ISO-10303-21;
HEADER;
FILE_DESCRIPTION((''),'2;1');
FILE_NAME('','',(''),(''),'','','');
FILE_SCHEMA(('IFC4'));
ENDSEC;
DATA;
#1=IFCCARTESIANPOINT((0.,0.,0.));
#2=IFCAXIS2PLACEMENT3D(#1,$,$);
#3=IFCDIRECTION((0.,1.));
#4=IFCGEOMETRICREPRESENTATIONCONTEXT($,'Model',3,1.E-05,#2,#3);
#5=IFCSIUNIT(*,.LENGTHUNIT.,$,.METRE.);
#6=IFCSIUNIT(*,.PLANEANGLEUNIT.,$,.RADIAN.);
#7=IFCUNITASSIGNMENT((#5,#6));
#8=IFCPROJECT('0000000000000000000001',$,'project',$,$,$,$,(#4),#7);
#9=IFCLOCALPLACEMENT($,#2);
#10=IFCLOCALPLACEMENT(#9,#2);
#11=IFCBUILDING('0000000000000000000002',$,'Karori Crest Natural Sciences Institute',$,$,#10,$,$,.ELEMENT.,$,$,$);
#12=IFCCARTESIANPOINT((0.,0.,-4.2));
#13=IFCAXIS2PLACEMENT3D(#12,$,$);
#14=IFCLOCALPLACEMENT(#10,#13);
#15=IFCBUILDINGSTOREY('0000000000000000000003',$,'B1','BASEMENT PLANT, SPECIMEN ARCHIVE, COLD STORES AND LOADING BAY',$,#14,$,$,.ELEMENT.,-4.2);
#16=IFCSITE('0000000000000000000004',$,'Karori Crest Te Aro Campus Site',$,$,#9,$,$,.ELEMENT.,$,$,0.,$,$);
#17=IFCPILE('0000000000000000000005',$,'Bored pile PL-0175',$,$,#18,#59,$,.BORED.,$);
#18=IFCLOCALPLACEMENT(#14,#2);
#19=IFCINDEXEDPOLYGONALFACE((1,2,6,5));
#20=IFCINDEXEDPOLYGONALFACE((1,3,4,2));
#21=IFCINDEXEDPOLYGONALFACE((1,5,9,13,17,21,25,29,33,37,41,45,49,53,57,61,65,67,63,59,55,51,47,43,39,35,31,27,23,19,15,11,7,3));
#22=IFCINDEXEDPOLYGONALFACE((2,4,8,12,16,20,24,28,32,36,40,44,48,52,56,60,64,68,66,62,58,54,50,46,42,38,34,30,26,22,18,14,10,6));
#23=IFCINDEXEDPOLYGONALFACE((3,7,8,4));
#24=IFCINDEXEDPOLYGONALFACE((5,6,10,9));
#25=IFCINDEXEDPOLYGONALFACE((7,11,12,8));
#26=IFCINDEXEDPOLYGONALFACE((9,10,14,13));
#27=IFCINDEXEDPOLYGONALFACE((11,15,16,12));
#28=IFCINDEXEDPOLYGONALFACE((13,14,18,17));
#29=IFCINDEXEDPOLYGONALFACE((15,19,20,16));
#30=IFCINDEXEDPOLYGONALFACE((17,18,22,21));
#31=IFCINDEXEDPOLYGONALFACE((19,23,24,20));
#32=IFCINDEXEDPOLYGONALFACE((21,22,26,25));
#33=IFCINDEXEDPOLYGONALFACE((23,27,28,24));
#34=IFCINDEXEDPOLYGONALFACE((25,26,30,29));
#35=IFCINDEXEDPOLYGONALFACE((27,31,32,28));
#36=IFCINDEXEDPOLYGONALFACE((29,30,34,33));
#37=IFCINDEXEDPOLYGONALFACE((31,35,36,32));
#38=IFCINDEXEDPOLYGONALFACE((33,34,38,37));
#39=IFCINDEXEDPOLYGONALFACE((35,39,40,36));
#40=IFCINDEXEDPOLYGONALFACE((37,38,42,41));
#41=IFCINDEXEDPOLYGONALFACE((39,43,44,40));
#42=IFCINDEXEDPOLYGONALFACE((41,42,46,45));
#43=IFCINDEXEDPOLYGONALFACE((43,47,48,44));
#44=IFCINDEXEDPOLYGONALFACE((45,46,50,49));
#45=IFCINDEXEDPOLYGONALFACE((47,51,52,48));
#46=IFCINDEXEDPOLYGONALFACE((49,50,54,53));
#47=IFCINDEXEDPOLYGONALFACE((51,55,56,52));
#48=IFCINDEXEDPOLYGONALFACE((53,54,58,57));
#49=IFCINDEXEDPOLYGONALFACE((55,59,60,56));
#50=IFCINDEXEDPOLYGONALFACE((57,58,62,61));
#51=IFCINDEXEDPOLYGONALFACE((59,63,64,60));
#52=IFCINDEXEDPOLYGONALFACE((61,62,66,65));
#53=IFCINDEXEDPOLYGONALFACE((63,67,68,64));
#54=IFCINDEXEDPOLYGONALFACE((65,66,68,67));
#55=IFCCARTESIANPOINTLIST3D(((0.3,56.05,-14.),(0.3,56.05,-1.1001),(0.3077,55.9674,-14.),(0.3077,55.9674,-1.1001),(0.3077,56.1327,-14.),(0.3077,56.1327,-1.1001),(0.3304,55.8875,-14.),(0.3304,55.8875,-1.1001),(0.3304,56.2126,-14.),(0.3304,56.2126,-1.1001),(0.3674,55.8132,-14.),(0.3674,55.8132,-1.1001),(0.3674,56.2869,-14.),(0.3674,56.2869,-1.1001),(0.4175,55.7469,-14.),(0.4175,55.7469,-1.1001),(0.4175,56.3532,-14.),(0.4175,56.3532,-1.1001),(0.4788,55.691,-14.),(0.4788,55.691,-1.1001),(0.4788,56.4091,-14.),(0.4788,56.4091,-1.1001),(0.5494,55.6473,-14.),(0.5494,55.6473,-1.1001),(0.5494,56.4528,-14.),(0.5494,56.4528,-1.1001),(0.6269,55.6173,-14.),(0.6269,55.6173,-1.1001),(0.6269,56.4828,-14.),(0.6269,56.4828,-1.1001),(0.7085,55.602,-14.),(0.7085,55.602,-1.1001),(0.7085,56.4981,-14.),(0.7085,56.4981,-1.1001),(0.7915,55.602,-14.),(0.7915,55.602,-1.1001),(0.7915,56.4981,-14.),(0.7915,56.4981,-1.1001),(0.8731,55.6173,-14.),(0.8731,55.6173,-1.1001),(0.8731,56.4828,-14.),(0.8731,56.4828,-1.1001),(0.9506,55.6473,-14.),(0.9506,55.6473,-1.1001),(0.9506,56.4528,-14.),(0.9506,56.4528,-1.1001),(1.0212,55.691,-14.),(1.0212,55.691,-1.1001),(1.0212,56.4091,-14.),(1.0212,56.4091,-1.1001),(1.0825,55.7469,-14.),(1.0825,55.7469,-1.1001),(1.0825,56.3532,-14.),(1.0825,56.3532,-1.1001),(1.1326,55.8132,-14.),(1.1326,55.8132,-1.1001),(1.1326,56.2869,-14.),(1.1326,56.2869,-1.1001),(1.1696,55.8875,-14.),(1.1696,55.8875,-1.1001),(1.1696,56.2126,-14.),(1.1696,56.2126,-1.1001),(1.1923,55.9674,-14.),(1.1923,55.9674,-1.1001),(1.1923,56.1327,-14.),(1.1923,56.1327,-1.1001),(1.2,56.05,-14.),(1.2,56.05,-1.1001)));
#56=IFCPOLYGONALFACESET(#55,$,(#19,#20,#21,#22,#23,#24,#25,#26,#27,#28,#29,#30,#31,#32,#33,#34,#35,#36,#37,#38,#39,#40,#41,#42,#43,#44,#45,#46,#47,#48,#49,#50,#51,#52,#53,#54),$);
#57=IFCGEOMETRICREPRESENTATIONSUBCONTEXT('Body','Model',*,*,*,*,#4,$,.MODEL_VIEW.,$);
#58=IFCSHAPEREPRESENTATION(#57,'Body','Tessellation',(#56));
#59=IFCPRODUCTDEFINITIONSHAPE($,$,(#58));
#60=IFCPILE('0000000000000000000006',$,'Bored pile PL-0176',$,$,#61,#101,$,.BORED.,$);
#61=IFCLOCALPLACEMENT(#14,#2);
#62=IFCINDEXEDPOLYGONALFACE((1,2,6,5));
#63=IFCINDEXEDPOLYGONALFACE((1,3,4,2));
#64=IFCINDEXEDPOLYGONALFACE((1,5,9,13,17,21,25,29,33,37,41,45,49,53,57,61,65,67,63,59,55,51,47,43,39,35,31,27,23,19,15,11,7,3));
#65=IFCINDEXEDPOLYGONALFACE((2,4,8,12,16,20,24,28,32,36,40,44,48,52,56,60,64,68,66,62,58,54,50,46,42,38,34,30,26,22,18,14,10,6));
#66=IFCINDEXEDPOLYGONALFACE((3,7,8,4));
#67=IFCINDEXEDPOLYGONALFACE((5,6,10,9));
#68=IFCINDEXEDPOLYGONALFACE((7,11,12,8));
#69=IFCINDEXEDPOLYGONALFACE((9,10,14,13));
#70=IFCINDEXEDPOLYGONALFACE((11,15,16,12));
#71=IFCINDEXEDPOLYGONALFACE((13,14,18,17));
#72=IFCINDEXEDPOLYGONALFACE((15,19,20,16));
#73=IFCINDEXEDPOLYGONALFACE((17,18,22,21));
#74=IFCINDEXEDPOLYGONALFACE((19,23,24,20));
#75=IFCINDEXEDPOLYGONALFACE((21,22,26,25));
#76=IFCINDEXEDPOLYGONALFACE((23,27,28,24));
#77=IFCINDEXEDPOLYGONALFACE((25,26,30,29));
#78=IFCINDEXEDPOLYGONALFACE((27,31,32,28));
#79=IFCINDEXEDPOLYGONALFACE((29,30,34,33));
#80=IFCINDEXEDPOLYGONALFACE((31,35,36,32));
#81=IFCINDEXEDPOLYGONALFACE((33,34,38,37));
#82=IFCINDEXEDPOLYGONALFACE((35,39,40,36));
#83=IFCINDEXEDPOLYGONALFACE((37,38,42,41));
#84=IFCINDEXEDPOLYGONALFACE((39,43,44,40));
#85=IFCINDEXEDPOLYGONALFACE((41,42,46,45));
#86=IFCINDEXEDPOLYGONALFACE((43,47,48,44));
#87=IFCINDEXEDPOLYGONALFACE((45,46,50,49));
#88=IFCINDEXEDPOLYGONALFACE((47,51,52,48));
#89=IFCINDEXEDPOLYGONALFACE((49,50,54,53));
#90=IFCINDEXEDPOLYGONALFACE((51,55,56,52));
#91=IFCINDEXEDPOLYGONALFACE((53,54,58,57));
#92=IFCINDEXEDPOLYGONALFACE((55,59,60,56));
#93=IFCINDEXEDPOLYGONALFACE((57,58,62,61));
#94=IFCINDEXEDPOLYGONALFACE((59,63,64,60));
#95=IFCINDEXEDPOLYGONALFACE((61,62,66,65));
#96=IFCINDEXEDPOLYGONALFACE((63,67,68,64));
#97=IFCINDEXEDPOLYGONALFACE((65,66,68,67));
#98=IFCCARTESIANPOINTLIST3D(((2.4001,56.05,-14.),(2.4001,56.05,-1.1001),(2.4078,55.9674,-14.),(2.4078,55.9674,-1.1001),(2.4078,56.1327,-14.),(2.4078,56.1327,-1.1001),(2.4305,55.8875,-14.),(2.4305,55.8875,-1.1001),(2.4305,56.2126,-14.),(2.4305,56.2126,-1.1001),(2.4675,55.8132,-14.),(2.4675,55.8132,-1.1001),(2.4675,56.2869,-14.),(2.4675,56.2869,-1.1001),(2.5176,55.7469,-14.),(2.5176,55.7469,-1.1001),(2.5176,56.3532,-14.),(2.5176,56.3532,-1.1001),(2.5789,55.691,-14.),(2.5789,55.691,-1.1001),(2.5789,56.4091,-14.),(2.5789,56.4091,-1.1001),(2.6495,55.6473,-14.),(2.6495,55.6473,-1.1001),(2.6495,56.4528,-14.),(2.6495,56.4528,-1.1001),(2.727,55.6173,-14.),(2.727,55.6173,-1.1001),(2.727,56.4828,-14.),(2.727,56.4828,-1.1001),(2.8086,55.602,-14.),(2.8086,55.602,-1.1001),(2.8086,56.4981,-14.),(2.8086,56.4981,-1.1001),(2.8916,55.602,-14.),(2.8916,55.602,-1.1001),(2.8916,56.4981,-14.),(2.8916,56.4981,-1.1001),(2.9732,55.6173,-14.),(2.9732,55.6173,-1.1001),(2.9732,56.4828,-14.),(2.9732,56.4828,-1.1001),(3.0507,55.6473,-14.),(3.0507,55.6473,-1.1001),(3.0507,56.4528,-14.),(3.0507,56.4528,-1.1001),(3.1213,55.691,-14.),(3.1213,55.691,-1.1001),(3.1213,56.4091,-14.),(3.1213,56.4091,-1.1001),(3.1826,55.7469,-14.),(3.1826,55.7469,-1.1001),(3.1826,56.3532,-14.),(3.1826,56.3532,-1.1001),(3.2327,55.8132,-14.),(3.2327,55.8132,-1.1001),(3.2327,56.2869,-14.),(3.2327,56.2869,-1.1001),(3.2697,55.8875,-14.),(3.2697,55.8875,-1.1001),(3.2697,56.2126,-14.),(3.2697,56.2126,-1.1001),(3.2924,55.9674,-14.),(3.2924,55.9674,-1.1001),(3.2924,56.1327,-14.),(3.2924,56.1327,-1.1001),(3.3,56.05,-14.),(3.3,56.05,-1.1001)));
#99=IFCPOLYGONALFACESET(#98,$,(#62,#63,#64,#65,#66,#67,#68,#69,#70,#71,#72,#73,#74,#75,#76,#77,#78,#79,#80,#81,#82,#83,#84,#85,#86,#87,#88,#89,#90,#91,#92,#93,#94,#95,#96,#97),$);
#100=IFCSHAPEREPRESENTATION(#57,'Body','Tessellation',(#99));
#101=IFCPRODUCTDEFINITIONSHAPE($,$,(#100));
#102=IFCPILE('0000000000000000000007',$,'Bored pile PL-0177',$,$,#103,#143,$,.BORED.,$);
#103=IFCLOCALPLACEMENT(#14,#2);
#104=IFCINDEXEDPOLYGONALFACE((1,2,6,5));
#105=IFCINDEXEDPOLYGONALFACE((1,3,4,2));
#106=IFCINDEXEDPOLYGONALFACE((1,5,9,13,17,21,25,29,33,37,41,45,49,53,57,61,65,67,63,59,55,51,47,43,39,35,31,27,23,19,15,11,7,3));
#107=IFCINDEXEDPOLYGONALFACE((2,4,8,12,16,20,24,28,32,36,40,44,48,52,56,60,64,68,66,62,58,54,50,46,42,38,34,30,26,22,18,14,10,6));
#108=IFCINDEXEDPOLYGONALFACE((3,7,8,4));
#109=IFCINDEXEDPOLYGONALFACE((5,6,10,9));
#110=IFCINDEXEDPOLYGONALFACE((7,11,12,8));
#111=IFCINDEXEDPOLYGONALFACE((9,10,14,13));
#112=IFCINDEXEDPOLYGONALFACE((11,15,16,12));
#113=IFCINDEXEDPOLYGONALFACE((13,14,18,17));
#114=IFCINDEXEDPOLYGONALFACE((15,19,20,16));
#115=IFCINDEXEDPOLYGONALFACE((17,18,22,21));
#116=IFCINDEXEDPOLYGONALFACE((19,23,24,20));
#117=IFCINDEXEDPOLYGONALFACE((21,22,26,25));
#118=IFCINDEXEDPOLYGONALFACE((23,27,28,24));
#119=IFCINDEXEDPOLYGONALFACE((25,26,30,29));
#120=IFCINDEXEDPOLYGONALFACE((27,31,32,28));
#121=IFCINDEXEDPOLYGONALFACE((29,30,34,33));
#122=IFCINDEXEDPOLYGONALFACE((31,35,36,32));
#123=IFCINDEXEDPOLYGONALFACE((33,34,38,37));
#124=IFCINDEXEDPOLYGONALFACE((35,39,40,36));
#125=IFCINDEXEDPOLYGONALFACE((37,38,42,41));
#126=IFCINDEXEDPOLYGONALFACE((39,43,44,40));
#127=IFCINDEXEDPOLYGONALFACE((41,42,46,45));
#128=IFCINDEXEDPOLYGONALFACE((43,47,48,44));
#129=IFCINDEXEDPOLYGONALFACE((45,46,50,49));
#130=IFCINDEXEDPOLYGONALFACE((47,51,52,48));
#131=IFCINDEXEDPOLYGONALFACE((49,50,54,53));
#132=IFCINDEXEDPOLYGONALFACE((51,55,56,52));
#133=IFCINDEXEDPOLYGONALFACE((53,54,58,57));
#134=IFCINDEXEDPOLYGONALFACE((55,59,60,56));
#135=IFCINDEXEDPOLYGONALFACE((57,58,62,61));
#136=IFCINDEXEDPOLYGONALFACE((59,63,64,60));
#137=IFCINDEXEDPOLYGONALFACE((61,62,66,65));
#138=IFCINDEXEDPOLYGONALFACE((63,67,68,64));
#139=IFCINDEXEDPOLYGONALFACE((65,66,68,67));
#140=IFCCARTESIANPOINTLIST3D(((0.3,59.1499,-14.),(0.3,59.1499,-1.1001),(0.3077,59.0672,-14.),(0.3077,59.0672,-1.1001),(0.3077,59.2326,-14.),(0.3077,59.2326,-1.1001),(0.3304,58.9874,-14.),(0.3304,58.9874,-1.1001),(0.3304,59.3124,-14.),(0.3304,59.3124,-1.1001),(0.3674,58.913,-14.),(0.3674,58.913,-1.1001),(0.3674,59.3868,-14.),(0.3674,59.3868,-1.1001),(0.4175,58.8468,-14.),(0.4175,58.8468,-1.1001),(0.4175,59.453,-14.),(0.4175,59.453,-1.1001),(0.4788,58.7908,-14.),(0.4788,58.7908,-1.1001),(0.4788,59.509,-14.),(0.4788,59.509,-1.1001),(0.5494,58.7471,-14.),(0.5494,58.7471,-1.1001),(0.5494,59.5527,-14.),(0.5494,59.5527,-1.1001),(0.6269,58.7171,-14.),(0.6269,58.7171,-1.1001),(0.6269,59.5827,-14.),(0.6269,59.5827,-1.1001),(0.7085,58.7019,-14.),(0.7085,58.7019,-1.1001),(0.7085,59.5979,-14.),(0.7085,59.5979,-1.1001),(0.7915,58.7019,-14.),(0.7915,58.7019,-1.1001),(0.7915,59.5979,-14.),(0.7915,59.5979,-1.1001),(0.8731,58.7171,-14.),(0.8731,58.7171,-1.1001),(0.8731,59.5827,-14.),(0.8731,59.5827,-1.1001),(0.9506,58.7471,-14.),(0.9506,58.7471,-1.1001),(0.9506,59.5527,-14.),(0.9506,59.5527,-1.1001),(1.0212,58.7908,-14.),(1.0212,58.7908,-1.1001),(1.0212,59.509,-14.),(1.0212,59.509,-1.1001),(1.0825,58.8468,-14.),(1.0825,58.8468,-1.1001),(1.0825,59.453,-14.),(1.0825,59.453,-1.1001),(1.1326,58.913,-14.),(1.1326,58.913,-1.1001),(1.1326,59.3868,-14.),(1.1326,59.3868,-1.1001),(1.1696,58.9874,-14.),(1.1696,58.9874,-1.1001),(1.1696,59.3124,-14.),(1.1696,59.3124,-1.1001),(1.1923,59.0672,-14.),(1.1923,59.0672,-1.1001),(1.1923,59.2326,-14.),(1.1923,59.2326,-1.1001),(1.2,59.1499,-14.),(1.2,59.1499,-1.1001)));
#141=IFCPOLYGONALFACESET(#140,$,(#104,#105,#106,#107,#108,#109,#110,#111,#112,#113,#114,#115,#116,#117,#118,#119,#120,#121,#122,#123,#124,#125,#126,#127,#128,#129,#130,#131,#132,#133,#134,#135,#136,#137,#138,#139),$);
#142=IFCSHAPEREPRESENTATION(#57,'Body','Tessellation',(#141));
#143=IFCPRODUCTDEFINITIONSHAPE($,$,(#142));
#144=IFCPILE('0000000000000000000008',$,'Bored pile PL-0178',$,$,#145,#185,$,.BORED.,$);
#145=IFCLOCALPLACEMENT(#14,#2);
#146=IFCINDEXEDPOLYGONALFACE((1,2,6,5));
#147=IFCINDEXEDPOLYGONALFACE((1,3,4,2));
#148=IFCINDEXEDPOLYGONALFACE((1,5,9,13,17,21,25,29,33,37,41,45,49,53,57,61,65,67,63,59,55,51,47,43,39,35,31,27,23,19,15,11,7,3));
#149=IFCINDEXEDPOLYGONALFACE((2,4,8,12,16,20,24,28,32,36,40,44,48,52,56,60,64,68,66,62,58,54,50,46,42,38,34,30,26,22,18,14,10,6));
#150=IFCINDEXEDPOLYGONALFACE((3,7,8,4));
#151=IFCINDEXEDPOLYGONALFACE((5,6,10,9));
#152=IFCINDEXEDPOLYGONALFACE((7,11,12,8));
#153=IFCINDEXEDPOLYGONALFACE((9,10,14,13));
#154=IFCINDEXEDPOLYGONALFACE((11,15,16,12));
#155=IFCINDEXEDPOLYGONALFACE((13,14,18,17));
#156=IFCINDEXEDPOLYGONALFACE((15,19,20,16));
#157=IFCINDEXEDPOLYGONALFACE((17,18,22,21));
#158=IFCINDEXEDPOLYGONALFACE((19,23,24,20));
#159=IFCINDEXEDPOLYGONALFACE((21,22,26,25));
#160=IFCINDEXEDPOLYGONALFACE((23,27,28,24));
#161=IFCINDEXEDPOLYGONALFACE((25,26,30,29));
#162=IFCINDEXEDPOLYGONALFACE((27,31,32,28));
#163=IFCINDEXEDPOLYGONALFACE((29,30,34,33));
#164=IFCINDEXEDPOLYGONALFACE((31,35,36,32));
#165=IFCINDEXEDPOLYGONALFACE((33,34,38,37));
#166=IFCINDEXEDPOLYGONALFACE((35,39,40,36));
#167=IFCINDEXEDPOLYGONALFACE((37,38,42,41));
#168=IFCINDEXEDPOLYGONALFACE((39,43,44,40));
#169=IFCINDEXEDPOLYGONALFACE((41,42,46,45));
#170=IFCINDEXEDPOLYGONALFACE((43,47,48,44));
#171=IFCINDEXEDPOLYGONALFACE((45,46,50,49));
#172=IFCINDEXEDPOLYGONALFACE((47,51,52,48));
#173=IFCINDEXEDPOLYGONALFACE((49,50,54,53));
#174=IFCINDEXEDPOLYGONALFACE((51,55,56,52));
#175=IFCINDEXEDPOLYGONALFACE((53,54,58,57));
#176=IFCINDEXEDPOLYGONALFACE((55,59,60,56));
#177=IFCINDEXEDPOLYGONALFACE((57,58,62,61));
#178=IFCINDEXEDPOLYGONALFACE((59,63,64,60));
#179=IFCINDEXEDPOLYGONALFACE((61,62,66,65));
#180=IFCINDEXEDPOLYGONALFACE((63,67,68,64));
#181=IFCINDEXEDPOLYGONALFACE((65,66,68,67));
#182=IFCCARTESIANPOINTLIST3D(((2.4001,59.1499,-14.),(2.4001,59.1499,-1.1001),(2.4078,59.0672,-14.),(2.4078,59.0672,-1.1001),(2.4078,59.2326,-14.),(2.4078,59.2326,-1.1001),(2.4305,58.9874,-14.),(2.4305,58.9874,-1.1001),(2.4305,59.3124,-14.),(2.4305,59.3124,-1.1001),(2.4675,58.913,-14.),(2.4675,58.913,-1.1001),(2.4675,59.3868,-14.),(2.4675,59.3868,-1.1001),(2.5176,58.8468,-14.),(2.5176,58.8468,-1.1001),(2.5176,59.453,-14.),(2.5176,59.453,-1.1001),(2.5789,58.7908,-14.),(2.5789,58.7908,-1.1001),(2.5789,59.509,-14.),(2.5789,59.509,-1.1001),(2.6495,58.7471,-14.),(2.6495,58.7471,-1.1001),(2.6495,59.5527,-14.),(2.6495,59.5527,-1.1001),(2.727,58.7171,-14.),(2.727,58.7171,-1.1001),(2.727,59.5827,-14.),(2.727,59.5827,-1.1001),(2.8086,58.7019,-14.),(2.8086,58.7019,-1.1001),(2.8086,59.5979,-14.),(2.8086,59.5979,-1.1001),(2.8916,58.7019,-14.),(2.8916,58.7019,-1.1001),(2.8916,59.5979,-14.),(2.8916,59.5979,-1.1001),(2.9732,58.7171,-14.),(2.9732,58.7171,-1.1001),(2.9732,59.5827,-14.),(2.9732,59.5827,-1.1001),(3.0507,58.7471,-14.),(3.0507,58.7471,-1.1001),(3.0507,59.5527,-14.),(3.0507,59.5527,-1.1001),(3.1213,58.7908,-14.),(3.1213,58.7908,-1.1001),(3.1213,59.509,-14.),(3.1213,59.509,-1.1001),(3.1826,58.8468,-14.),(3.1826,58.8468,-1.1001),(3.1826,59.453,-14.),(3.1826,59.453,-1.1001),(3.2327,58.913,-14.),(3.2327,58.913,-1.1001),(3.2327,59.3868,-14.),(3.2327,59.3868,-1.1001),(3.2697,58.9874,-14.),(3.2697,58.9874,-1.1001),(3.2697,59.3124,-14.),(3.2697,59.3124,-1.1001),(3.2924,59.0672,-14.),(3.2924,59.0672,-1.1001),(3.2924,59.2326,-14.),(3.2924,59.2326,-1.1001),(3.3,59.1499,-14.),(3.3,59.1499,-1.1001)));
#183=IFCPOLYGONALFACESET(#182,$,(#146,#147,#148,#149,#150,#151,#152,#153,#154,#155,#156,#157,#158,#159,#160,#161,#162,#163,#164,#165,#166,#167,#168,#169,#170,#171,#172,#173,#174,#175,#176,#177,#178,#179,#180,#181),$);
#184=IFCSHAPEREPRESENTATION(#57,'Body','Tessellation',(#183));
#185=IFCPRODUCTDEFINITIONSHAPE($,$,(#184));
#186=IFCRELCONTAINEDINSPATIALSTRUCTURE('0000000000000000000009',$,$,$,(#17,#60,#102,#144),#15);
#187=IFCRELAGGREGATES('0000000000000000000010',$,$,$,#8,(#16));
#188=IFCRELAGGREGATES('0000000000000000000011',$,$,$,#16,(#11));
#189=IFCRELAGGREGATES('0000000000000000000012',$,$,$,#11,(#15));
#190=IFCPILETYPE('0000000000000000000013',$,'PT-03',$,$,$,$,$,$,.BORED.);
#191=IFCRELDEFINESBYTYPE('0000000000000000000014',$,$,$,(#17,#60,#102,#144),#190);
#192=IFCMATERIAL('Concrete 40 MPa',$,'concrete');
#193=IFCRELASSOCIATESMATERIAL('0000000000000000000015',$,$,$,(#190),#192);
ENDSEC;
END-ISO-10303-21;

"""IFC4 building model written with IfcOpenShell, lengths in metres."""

from ifc_helpers import new_model, si_unit, direction, frame, origin, origin_2d, place, context, subcontext, project, spatial, circle, extrude, material, material_profile, profile_set, type_object, element, save


model = new_model("IFC4")

# Units and contexts
model_context = context("Model", 3, precision=1e-05, world=origin(), true_north=direction((0.0, 1.0)))
body_context = subcontext(model_context, "Body", "Model", "MODEL_VIEW")
ifc_project = project(units=[si_unit("LENGTHUNIT", "METRE"), si_unit("PLANEANGLEUNIT", "RADIAN")], contexts=[model_context])

# Site, building, storey
site_placement = place(None, origin())
site = spatial("IfcSite", under=ifc_project, at=site_placement, Name="Karori Crest Te Aro Campus Site", CompositionType="ELEMENT", RefElevation=0.0)
building_placement = place(site_placement, origin())
building = spatial("IfcBuilding", under=site, at=building_placement, Name="Karori Crest Natural Sciences Institute", CompositionType="ELEMENT")
storey_placement = place(building_placement, frame((0.0, 0.0, -4.2)))
storey = spatial("IfcBuildingStorey", under=building, at=storey_placement, Name="B1", Description="BASEMENT PLANT, SPECIMEN ARCHIVE, COLD STORES AND LOADING BAY", CompositionType="ELEMENT", Elevation=-4.2)

# Shared definitions
ifc_material_1 = material(Name="Concrete 40 MPa", Category="concrete")

# Piles
ifc_material_profile_1 = material_profile(ifc_material_1, circle(Radius=0.45, at=origin_2d()), Name="PILE900")
ifc_profile_set_1 = profile_set([ifc_material_profile_1], Name="Concrete 40 MPa")
pile_type = type_object("IfcPileType", Name="PT-03", PredefinedType="BORED", material=ifc_profile_set_1)
for number, where, z_axis, x_axis, name in (
    (1, (0.75, 56.05, -1.1001), (0.0, 0.0, -1.0), (1.0, 0.0, 0.0), "Bored pile PL-0175"),
    (2, (2.8501, 56.05, -1.1001), (0.0, 0.0, -1.0), (1.0, 0.0, 0.0), "Bored pile PL-0176"),
    (3, (0.75, 59.1499, -1.1001), (0.0, 0.0, -1.0), (1.0, 0.0, 0.0), "Bored pile PL-0177"),
    (4, (2.8501, 59.1499, -1.1001), (0.0, 0.0, -1.0), (1.0, 0.0, 0.0), "Bored pile PL-0178"),
):
    element("IfcPile", number, at=place(storey_placement, frame(where, z_axis=z_axis, x_axis=x_axis)), inside=storey, type_object=pile_type, Name=name, PredefinedType="BORED", context=body_context, shape_type="SweptSolid", body=[
        extrude(circle(Radius=0.45, at=origin_2d()), origin(), (0.0, 0.0, 1.0), 12.8999),
    ])

save(model, "model.ifc")
